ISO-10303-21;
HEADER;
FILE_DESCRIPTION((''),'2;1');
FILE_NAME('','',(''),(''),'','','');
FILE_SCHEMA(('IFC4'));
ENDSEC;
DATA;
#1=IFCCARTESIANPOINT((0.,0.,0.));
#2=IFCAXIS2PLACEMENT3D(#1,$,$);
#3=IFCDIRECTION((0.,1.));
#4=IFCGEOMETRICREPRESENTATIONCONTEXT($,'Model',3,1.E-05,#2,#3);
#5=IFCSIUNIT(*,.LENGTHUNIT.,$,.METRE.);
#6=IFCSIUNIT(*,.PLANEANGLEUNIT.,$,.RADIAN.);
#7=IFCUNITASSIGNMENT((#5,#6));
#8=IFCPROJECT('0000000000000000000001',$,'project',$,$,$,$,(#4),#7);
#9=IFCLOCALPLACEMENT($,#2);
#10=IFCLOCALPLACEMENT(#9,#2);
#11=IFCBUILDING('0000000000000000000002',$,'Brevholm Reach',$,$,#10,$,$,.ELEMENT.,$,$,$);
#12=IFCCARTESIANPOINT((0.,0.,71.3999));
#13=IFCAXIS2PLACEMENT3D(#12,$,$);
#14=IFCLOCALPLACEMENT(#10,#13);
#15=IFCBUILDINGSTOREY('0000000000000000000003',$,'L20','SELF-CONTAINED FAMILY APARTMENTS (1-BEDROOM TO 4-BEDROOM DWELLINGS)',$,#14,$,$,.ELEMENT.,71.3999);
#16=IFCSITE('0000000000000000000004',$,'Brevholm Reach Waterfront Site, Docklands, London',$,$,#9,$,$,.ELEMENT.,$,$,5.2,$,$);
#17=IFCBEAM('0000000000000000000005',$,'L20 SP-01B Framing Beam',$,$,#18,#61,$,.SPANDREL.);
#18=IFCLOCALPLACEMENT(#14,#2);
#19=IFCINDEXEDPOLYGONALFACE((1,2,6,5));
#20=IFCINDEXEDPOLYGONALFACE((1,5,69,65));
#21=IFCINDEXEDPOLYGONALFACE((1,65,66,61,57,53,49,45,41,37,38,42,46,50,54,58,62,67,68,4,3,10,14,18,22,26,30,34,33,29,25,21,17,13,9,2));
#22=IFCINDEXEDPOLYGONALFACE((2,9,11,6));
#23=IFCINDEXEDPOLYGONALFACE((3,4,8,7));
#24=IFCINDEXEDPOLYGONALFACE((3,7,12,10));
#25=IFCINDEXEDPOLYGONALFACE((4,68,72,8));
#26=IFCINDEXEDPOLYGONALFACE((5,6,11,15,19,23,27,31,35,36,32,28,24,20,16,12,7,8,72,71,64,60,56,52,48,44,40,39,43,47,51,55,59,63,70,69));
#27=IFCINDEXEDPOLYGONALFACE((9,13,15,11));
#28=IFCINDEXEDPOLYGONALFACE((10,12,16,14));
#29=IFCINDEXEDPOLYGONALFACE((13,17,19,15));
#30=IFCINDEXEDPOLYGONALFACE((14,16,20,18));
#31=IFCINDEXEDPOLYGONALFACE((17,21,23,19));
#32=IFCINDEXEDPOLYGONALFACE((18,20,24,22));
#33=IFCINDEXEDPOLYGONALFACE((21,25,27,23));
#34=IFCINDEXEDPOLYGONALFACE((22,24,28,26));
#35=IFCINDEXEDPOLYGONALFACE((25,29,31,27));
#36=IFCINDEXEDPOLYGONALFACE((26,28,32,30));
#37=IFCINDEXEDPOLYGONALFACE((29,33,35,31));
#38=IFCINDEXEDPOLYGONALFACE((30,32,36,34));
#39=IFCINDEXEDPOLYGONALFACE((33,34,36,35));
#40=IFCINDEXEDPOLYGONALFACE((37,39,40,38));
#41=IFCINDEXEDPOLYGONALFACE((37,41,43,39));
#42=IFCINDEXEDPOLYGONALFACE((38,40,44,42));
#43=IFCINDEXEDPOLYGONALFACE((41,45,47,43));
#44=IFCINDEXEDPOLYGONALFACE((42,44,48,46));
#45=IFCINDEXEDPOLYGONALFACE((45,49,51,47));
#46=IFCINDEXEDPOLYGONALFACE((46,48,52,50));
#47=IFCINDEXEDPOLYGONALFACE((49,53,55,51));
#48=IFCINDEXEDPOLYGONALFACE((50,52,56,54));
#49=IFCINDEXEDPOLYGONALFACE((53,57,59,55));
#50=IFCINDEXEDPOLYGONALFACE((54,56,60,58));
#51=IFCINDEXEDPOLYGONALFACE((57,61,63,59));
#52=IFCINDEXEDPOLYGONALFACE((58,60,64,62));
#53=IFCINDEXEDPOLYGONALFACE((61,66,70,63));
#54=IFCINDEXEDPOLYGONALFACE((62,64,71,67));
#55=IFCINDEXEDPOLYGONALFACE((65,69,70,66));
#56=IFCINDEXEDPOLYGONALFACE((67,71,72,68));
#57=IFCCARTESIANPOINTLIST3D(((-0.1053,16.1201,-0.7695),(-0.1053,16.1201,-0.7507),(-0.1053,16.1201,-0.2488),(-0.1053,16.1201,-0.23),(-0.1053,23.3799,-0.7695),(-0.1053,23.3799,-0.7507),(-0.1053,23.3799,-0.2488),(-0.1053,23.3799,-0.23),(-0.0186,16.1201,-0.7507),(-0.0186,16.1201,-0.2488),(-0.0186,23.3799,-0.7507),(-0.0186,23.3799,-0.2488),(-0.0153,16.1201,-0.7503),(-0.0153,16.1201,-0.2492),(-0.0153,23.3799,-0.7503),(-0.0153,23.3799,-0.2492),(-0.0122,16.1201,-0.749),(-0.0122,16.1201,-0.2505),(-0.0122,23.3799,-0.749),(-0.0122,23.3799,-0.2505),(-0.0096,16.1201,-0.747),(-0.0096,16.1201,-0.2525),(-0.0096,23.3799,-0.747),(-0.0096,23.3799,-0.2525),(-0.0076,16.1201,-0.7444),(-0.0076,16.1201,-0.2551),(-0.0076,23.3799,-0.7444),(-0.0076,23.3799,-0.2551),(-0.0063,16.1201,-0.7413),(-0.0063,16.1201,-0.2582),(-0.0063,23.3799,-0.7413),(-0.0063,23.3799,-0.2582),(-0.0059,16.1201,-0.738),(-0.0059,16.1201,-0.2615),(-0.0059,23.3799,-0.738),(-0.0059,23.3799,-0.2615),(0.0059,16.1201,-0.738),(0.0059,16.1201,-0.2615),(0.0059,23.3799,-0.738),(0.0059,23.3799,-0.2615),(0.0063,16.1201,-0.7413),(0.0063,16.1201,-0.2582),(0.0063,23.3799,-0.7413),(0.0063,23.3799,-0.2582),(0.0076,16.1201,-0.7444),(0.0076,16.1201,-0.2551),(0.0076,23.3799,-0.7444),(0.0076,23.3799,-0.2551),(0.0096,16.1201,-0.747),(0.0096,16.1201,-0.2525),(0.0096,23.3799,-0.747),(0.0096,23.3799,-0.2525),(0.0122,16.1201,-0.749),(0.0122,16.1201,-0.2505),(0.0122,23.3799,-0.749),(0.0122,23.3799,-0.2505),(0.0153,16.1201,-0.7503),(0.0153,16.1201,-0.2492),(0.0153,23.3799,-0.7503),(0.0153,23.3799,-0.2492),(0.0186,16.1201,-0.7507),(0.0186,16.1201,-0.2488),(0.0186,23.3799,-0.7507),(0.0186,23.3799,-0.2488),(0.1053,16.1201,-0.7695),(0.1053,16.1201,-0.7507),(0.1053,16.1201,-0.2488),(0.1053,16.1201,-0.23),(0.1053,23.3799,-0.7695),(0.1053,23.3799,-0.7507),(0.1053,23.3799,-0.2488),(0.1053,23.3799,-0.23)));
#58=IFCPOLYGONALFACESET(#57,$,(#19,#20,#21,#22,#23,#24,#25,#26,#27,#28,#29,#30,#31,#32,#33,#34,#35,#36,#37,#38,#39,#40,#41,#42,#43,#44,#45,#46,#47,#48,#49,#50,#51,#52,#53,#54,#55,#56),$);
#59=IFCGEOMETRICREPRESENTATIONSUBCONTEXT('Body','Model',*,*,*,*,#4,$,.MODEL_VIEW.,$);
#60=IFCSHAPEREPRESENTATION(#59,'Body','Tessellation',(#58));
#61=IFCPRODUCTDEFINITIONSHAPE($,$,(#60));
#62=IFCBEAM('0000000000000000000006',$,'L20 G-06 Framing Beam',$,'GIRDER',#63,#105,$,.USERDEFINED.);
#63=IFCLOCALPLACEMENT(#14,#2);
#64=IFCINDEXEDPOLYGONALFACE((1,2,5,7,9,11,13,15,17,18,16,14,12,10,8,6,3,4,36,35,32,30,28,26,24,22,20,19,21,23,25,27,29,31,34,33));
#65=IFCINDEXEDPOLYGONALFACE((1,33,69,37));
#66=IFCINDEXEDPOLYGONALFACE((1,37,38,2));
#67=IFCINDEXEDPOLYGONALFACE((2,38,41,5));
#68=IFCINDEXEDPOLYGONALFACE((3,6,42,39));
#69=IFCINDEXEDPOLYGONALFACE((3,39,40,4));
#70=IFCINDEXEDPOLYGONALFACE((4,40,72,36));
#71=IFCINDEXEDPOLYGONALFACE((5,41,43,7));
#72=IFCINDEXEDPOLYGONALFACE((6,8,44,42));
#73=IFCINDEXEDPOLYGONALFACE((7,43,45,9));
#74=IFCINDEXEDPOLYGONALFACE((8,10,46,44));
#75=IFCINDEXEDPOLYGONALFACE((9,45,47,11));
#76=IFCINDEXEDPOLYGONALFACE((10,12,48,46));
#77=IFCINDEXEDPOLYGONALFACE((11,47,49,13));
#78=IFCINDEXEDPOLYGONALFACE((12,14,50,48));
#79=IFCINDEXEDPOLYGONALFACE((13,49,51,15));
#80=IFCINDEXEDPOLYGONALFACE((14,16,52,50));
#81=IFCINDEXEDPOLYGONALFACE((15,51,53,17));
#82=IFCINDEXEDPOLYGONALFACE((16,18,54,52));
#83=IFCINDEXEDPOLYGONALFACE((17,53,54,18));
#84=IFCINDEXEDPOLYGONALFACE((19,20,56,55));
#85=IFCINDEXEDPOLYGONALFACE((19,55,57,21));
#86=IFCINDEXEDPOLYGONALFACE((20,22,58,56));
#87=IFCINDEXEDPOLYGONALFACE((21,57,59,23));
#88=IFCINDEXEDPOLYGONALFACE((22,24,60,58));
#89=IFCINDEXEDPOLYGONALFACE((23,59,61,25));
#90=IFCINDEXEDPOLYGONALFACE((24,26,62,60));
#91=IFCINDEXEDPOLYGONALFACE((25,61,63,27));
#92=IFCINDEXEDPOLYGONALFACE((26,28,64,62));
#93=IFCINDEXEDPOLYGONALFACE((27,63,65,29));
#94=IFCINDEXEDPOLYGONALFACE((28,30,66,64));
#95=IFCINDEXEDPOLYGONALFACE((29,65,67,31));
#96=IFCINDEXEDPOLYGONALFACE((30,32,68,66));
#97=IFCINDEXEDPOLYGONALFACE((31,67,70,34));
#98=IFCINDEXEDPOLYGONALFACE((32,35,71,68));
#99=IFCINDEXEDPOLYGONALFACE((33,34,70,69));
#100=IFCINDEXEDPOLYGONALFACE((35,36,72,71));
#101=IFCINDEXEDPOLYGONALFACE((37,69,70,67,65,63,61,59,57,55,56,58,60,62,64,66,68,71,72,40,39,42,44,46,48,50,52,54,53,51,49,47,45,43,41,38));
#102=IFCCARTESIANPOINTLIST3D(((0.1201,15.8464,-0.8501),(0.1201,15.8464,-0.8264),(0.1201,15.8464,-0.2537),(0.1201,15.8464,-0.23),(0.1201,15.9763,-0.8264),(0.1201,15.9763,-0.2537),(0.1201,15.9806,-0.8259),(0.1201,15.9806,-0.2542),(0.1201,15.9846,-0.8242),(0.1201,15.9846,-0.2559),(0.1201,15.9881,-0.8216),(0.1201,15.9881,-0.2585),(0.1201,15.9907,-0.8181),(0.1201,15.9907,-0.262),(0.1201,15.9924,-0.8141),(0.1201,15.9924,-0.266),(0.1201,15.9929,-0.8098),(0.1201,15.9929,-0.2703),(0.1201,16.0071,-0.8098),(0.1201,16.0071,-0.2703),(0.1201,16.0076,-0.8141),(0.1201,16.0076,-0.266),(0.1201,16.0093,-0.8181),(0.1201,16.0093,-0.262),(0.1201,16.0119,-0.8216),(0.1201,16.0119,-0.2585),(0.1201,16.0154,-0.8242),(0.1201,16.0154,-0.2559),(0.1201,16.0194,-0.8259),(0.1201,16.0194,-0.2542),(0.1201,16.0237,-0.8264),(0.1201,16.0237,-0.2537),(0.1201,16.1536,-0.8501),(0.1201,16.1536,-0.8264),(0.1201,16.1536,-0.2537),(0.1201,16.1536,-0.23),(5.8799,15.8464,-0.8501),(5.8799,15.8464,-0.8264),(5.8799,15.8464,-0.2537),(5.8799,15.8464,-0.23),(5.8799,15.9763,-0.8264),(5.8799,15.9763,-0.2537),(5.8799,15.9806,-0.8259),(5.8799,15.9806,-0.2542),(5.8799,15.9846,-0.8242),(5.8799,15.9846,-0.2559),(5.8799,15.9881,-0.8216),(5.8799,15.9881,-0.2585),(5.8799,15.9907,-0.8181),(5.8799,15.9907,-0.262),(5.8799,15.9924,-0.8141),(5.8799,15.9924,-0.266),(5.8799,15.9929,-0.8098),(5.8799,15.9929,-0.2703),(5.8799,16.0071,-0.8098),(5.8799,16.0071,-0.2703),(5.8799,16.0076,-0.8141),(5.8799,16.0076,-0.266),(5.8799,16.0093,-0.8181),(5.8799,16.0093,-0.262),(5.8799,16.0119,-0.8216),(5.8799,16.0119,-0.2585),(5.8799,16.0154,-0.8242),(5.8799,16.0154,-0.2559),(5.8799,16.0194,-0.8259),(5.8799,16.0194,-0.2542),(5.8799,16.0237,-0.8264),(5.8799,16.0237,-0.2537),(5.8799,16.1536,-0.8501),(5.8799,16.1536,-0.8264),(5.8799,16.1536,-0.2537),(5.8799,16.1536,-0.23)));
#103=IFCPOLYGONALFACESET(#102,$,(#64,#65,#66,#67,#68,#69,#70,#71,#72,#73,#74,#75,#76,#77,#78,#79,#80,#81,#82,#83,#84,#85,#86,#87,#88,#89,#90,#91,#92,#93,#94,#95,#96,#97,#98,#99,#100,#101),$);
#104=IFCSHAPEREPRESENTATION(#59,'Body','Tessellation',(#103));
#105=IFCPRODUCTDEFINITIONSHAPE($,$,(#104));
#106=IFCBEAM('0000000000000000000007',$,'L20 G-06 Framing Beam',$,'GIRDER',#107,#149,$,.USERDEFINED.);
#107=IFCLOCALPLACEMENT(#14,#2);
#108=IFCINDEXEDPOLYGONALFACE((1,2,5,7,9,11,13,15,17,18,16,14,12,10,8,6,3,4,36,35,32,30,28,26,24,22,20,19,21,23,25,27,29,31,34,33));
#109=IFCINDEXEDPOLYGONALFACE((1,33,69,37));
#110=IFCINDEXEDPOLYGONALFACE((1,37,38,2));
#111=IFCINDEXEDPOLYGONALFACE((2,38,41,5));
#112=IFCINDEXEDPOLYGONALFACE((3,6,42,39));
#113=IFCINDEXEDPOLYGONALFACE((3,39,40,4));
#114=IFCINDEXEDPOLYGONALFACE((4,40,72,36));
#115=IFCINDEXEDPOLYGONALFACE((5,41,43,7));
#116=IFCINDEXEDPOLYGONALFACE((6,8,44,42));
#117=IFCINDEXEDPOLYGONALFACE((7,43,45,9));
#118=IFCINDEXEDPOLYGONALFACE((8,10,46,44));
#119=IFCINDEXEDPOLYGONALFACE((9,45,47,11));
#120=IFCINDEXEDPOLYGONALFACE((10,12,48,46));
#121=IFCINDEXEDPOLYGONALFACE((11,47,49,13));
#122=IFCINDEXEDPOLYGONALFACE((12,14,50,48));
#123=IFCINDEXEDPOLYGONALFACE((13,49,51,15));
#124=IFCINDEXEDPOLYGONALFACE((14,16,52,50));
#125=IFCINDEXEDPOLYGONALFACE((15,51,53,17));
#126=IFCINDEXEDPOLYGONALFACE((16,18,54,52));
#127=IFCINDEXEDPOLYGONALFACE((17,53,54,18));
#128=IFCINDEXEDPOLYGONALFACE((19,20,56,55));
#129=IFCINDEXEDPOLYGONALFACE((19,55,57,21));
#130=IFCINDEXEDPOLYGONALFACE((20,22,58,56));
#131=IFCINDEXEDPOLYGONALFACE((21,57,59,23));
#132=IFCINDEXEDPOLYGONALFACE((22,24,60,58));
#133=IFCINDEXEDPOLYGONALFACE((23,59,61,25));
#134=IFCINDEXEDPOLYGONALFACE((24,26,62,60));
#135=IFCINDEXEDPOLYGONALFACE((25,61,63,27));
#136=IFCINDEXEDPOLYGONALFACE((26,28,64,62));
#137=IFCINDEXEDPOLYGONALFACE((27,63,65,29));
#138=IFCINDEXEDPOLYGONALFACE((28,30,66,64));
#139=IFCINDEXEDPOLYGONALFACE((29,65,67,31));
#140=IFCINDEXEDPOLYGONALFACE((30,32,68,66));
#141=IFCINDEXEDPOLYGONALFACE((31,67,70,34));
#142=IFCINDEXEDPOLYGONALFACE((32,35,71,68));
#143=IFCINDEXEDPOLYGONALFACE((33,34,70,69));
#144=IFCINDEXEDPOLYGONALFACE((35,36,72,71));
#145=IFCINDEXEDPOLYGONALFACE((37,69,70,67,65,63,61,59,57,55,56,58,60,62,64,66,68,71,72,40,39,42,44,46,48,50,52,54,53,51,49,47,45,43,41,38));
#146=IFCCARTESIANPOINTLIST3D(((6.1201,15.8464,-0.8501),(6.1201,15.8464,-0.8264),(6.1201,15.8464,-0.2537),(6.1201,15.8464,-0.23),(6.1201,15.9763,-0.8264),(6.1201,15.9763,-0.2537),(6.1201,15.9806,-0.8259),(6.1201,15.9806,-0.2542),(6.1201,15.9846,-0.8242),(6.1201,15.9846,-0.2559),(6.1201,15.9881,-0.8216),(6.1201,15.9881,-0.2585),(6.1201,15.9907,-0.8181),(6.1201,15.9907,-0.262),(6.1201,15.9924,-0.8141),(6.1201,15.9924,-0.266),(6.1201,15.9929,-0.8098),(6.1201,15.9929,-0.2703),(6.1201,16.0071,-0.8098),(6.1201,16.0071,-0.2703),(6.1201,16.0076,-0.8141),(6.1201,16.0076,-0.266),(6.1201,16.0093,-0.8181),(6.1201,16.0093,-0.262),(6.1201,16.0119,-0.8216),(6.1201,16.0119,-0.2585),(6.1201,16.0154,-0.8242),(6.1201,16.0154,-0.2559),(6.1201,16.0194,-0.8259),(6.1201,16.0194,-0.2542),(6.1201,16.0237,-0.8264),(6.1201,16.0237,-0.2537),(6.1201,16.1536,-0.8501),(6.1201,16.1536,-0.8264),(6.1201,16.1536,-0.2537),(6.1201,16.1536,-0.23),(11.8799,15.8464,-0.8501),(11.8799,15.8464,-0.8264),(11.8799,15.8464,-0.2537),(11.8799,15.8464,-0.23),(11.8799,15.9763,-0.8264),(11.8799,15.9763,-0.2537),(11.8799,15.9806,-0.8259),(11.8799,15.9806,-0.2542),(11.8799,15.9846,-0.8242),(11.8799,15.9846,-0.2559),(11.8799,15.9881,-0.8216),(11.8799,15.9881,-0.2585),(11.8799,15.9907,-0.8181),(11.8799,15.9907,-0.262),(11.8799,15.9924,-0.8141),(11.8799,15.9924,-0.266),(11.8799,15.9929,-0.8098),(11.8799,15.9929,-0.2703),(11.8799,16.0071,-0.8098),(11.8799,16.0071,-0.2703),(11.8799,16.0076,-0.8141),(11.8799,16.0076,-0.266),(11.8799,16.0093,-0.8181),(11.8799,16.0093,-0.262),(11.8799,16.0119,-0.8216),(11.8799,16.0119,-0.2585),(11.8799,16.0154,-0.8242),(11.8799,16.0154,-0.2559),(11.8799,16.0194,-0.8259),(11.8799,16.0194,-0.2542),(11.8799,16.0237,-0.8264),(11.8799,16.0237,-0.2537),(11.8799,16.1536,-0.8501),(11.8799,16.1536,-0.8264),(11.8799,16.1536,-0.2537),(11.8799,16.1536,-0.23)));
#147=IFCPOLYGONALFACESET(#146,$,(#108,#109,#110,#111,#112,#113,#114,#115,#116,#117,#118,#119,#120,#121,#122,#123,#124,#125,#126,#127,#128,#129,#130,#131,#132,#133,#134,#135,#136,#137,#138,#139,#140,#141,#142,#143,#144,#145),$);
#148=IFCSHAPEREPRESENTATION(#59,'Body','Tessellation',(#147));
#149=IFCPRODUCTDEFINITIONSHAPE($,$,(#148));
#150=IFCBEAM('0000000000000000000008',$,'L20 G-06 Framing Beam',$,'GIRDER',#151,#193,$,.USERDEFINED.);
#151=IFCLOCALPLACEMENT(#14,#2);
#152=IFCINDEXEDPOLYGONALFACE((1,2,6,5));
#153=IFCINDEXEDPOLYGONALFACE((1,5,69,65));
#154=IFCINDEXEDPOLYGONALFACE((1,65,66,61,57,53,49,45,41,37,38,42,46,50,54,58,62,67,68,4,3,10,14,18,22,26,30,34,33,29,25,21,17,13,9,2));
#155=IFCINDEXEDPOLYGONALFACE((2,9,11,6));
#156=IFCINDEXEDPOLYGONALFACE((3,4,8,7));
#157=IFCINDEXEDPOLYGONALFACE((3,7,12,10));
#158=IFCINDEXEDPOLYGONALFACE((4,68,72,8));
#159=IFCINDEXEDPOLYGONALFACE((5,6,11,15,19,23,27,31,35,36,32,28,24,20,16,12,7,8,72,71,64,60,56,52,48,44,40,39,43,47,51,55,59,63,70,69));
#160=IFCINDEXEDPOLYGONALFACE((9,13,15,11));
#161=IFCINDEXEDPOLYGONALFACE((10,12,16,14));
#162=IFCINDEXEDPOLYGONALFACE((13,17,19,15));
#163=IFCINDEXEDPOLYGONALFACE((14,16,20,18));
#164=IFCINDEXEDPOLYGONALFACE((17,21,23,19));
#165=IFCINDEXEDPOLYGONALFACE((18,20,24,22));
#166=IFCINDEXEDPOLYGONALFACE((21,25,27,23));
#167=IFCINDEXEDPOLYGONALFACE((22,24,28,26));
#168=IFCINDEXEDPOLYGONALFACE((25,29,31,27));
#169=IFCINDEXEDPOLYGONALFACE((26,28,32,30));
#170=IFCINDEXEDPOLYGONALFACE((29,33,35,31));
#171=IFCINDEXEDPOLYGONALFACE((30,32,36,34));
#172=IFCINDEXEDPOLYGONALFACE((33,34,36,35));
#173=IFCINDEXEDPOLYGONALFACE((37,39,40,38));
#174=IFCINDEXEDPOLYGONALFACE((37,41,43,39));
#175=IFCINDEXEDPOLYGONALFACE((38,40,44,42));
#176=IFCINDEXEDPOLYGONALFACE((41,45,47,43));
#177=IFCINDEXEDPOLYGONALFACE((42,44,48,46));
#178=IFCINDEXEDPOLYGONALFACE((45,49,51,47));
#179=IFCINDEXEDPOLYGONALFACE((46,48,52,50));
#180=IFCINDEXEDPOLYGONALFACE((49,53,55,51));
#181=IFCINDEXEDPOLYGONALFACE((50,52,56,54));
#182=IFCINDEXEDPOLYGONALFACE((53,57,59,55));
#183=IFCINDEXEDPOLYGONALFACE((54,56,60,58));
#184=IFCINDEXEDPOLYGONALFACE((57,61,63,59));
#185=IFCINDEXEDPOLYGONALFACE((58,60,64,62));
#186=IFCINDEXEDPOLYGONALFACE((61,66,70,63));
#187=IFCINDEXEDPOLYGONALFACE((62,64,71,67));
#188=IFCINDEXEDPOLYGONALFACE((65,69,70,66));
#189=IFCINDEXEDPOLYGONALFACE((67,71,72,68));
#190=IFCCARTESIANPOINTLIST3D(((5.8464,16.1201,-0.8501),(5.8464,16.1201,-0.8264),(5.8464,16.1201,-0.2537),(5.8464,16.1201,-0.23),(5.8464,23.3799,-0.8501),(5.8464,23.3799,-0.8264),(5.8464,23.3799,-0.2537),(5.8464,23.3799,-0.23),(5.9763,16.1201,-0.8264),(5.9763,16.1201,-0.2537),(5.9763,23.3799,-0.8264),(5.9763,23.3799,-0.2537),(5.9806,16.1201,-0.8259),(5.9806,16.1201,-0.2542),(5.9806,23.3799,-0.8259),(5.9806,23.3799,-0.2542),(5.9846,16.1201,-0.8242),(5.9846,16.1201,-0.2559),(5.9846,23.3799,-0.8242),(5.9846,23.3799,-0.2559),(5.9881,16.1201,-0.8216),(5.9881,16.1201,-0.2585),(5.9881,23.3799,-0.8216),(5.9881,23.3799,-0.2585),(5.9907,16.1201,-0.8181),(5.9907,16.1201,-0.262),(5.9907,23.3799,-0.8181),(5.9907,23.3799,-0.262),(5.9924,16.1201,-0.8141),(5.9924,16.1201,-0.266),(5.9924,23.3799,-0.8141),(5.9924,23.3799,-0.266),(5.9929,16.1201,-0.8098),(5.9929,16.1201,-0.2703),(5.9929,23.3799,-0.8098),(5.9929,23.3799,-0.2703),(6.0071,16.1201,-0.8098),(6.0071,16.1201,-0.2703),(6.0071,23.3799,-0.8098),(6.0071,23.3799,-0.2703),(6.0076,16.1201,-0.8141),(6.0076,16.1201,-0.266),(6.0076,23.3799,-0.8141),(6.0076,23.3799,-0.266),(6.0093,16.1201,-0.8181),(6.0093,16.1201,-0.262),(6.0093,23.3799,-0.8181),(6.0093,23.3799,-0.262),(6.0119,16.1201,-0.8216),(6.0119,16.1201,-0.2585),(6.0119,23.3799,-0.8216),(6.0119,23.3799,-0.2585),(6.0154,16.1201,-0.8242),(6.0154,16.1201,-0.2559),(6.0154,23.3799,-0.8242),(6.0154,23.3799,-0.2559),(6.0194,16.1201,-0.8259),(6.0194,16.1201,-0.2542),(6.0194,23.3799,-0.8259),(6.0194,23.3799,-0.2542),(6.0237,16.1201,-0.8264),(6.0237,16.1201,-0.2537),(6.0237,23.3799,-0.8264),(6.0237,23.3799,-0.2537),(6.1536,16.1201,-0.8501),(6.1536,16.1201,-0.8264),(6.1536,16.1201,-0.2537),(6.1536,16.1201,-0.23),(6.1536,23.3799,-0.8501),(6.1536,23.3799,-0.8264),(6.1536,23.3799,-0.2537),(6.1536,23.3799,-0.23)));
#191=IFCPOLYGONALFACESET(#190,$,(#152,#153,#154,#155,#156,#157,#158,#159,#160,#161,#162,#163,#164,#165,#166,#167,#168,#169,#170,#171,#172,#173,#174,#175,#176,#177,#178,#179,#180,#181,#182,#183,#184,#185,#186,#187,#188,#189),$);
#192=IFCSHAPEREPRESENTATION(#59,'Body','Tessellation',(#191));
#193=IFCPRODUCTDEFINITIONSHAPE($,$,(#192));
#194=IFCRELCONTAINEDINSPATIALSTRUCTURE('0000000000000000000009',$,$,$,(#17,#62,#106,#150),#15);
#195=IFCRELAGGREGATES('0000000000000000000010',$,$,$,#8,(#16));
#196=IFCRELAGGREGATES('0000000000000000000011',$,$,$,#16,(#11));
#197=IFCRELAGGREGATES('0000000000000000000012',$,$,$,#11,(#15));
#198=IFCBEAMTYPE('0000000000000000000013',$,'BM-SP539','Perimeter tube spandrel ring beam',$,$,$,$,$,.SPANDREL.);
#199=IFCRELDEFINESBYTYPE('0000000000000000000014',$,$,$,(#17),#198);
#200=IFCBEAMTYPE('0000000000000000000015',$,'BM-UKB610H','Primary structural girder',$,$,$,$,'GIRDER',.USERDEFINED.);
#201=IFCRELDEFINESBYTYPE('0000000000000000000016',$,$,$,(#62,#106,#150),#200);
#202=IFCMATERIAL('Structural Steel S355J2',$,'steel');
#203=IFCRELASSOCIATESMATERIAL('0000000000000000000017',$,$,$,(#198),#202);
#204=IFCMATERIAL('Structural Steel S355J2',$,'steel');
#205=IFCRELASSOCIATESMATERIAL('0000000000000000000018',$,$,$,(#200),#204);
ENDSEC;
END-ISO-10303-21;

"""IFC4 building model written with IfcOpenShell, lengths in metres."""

from ifc_helpers import new_model, si_unit, direction, frame, origin, origin_2d, place, context, subcontext, project, spatial, i_section, extrude, material, material_profile, profile_set, type_object, element, save


model = new_model("IFC4")

# Units and contexts
model_context = context("Model", 3, precision=1e-05, world=origin(), true_north=direction((0.0, 1.0)))
body_context = subcontext(model_context, "Body", "Model", "MODEL_VIEW")
ifc_project = project(units=[si_unit("LENGTHUNIT", "METRE"), si_unit("PLANEANGLEUNIT", "RADIAN")], contexts=[model_context])

# Site, building, storey
site_placement = place(None, origin())
site = spatial("IfcSite", under=ifc_project, at=site_placement, Name="Brevholm Reach Waterfront Site, Docklands, London", CompositionType="ELEMENT", RefElevation=5.2)
building_placement = place(site_placement, origin())
building = spatial("IfcBuilding", under=site, at=building_placement, Name="Brevholm Reach", CompositionType="ELEMENT")
storey_placement = place(building_placement, frame((0.0, 0.0, 71.3999)))
storey = spatial("IfcBuildingStorey", under=building, at=storey_placement, Name="L20", Description="SELF-CONTAINED FAMILY APARTMENTS (1-BEDROOM TO 4-BEDROOM DWELLINGS)", CompositionType="ELEMENT", Elevation=71.3999)

# Beams
ifc_material_1 = material(Name="Structural Steel S355J2", Category="steel")
ifc_material_profile_1 = material_profile(ifc_material_1, i_section(OverallWidth=0.2107, OverallDepth=0.5396, WebThickness=0.0117, FlangeThickness=0.0188, FilletRadius=0.0127, at=origin_2d()), Name="UKB 533x210x109")
ifc_profile_set_1 = profile_set([ifc_material_profile_1], Name="Structural Steel S355J2")
beam_type_1 = type_object("IfcBeamType", Name="BM-SP539", Description="Perimeter tube spandrel ring beam", PredefinedType="SPANDREL", material=ifc_profile_set_1)
beam_1_placement = place(storey_placement, frame((0.0, 16.1201, -0.4998), z_axis=(0.0, 1.0, 0.0), x_axis=(-1.0, 0.0, 0.0)))
element("IfcBeam", 1, at=beam_1_placement, inside=storey, type_object=beam_type_1, Name="L20 SP-01B Framing Beam", PredefinedType="SPANDREL", context=body_context, shape_type="SweptSolid", body=[
    extrude(i_section(OverallWidth=0.2107, OverallDepth=0.5396, WebThickness=0.0117, FlangeThickness=0.0188, FilletRadius=0.0127, at=origin_2d()), origin(), (0.0, 0.0, 1.0), 7.2598),
])
ifc_material_2 = material(Name="Structural Steel S355J2", Category="steel")
ifc_material_profile_2 = material_profile(ifc_material_2, i_section(OverallWidth=0.3071, OverallDepth=0.6201, WebThickness=0.0142, FlangeThickness=0.0237, FilletRadius=0.0166, at=origin_2d()), Name="UKB 610x305x179")
ifc_profile_set_2 = profile_set([ifc_material_profile_2], Name="Structural Steel S355J2")
beam_type_2 = type_object("IfcBeamType", Name="BM-UKB610H", Description="Primary structural girder", ElementType="GIRDER", PredefinedType="USERDEFINED", material=ifc_profile_set_2)
for number, where, z_axis, x_axis, name in (
    (2, (0.1201, 16.0, -0.54), (1.0, 0.0, 0.0), (0.0, 1.0, 0.0), "L20 G-06 Framing Beam"),
    (3, (6.1201, 16.0, -0.54), (1.0, 0.0, 0.0), (0.0, 1.0, 0.0), "L20 G-06 Framing Beam"),
):
    element("IfcBeam", number, at=place(storey_placement, frame(where, z_axis=z_axis, x_axis=x_axis)), inside=storey, type_object=beam_type_2, Name=name, ObjectType="GIRDER", PredefinedType="USERDEFINED", context=body_context, shape_type="SweptSolid", body=[
        extrude(i_section(OverallWidth=0.3071, OverallDepth=0.6201, WebThickness=0.0142, FlangeThickness=0.0237, FilletRadius=0.0166, at=origin_2d()), origin(), (0.0, 0.0, 1.0), 5.7598),
    ])
beam_2_placement = place(storey_placement, frame((6.0, 16.1201, -0.54), z_axis=(0.0, 1.0, 0.0), x_axis=(-1.0, 0.0, 0.0)))
element("IfcBeam", 4, at=beam_2_placement, inside=storey, type_object=beam_type_2, Name="L20 G-06 Framing Beam", ObjectType="GIRDER", PredefinedType="USERDEFINED", context=body_context, shape_type="SweptSolid", body=[
    extrude(i_section(OverallWidth=0.3071, OverallDepth=0.6201, WebThickness=0.0142, FlangeThickness=0.0237, FilletRadius=0.0166, at=origin_2d()), origin(), (0.0, 0.0, 1.0), 7.2598),
])

save(model, "model.ifc")
